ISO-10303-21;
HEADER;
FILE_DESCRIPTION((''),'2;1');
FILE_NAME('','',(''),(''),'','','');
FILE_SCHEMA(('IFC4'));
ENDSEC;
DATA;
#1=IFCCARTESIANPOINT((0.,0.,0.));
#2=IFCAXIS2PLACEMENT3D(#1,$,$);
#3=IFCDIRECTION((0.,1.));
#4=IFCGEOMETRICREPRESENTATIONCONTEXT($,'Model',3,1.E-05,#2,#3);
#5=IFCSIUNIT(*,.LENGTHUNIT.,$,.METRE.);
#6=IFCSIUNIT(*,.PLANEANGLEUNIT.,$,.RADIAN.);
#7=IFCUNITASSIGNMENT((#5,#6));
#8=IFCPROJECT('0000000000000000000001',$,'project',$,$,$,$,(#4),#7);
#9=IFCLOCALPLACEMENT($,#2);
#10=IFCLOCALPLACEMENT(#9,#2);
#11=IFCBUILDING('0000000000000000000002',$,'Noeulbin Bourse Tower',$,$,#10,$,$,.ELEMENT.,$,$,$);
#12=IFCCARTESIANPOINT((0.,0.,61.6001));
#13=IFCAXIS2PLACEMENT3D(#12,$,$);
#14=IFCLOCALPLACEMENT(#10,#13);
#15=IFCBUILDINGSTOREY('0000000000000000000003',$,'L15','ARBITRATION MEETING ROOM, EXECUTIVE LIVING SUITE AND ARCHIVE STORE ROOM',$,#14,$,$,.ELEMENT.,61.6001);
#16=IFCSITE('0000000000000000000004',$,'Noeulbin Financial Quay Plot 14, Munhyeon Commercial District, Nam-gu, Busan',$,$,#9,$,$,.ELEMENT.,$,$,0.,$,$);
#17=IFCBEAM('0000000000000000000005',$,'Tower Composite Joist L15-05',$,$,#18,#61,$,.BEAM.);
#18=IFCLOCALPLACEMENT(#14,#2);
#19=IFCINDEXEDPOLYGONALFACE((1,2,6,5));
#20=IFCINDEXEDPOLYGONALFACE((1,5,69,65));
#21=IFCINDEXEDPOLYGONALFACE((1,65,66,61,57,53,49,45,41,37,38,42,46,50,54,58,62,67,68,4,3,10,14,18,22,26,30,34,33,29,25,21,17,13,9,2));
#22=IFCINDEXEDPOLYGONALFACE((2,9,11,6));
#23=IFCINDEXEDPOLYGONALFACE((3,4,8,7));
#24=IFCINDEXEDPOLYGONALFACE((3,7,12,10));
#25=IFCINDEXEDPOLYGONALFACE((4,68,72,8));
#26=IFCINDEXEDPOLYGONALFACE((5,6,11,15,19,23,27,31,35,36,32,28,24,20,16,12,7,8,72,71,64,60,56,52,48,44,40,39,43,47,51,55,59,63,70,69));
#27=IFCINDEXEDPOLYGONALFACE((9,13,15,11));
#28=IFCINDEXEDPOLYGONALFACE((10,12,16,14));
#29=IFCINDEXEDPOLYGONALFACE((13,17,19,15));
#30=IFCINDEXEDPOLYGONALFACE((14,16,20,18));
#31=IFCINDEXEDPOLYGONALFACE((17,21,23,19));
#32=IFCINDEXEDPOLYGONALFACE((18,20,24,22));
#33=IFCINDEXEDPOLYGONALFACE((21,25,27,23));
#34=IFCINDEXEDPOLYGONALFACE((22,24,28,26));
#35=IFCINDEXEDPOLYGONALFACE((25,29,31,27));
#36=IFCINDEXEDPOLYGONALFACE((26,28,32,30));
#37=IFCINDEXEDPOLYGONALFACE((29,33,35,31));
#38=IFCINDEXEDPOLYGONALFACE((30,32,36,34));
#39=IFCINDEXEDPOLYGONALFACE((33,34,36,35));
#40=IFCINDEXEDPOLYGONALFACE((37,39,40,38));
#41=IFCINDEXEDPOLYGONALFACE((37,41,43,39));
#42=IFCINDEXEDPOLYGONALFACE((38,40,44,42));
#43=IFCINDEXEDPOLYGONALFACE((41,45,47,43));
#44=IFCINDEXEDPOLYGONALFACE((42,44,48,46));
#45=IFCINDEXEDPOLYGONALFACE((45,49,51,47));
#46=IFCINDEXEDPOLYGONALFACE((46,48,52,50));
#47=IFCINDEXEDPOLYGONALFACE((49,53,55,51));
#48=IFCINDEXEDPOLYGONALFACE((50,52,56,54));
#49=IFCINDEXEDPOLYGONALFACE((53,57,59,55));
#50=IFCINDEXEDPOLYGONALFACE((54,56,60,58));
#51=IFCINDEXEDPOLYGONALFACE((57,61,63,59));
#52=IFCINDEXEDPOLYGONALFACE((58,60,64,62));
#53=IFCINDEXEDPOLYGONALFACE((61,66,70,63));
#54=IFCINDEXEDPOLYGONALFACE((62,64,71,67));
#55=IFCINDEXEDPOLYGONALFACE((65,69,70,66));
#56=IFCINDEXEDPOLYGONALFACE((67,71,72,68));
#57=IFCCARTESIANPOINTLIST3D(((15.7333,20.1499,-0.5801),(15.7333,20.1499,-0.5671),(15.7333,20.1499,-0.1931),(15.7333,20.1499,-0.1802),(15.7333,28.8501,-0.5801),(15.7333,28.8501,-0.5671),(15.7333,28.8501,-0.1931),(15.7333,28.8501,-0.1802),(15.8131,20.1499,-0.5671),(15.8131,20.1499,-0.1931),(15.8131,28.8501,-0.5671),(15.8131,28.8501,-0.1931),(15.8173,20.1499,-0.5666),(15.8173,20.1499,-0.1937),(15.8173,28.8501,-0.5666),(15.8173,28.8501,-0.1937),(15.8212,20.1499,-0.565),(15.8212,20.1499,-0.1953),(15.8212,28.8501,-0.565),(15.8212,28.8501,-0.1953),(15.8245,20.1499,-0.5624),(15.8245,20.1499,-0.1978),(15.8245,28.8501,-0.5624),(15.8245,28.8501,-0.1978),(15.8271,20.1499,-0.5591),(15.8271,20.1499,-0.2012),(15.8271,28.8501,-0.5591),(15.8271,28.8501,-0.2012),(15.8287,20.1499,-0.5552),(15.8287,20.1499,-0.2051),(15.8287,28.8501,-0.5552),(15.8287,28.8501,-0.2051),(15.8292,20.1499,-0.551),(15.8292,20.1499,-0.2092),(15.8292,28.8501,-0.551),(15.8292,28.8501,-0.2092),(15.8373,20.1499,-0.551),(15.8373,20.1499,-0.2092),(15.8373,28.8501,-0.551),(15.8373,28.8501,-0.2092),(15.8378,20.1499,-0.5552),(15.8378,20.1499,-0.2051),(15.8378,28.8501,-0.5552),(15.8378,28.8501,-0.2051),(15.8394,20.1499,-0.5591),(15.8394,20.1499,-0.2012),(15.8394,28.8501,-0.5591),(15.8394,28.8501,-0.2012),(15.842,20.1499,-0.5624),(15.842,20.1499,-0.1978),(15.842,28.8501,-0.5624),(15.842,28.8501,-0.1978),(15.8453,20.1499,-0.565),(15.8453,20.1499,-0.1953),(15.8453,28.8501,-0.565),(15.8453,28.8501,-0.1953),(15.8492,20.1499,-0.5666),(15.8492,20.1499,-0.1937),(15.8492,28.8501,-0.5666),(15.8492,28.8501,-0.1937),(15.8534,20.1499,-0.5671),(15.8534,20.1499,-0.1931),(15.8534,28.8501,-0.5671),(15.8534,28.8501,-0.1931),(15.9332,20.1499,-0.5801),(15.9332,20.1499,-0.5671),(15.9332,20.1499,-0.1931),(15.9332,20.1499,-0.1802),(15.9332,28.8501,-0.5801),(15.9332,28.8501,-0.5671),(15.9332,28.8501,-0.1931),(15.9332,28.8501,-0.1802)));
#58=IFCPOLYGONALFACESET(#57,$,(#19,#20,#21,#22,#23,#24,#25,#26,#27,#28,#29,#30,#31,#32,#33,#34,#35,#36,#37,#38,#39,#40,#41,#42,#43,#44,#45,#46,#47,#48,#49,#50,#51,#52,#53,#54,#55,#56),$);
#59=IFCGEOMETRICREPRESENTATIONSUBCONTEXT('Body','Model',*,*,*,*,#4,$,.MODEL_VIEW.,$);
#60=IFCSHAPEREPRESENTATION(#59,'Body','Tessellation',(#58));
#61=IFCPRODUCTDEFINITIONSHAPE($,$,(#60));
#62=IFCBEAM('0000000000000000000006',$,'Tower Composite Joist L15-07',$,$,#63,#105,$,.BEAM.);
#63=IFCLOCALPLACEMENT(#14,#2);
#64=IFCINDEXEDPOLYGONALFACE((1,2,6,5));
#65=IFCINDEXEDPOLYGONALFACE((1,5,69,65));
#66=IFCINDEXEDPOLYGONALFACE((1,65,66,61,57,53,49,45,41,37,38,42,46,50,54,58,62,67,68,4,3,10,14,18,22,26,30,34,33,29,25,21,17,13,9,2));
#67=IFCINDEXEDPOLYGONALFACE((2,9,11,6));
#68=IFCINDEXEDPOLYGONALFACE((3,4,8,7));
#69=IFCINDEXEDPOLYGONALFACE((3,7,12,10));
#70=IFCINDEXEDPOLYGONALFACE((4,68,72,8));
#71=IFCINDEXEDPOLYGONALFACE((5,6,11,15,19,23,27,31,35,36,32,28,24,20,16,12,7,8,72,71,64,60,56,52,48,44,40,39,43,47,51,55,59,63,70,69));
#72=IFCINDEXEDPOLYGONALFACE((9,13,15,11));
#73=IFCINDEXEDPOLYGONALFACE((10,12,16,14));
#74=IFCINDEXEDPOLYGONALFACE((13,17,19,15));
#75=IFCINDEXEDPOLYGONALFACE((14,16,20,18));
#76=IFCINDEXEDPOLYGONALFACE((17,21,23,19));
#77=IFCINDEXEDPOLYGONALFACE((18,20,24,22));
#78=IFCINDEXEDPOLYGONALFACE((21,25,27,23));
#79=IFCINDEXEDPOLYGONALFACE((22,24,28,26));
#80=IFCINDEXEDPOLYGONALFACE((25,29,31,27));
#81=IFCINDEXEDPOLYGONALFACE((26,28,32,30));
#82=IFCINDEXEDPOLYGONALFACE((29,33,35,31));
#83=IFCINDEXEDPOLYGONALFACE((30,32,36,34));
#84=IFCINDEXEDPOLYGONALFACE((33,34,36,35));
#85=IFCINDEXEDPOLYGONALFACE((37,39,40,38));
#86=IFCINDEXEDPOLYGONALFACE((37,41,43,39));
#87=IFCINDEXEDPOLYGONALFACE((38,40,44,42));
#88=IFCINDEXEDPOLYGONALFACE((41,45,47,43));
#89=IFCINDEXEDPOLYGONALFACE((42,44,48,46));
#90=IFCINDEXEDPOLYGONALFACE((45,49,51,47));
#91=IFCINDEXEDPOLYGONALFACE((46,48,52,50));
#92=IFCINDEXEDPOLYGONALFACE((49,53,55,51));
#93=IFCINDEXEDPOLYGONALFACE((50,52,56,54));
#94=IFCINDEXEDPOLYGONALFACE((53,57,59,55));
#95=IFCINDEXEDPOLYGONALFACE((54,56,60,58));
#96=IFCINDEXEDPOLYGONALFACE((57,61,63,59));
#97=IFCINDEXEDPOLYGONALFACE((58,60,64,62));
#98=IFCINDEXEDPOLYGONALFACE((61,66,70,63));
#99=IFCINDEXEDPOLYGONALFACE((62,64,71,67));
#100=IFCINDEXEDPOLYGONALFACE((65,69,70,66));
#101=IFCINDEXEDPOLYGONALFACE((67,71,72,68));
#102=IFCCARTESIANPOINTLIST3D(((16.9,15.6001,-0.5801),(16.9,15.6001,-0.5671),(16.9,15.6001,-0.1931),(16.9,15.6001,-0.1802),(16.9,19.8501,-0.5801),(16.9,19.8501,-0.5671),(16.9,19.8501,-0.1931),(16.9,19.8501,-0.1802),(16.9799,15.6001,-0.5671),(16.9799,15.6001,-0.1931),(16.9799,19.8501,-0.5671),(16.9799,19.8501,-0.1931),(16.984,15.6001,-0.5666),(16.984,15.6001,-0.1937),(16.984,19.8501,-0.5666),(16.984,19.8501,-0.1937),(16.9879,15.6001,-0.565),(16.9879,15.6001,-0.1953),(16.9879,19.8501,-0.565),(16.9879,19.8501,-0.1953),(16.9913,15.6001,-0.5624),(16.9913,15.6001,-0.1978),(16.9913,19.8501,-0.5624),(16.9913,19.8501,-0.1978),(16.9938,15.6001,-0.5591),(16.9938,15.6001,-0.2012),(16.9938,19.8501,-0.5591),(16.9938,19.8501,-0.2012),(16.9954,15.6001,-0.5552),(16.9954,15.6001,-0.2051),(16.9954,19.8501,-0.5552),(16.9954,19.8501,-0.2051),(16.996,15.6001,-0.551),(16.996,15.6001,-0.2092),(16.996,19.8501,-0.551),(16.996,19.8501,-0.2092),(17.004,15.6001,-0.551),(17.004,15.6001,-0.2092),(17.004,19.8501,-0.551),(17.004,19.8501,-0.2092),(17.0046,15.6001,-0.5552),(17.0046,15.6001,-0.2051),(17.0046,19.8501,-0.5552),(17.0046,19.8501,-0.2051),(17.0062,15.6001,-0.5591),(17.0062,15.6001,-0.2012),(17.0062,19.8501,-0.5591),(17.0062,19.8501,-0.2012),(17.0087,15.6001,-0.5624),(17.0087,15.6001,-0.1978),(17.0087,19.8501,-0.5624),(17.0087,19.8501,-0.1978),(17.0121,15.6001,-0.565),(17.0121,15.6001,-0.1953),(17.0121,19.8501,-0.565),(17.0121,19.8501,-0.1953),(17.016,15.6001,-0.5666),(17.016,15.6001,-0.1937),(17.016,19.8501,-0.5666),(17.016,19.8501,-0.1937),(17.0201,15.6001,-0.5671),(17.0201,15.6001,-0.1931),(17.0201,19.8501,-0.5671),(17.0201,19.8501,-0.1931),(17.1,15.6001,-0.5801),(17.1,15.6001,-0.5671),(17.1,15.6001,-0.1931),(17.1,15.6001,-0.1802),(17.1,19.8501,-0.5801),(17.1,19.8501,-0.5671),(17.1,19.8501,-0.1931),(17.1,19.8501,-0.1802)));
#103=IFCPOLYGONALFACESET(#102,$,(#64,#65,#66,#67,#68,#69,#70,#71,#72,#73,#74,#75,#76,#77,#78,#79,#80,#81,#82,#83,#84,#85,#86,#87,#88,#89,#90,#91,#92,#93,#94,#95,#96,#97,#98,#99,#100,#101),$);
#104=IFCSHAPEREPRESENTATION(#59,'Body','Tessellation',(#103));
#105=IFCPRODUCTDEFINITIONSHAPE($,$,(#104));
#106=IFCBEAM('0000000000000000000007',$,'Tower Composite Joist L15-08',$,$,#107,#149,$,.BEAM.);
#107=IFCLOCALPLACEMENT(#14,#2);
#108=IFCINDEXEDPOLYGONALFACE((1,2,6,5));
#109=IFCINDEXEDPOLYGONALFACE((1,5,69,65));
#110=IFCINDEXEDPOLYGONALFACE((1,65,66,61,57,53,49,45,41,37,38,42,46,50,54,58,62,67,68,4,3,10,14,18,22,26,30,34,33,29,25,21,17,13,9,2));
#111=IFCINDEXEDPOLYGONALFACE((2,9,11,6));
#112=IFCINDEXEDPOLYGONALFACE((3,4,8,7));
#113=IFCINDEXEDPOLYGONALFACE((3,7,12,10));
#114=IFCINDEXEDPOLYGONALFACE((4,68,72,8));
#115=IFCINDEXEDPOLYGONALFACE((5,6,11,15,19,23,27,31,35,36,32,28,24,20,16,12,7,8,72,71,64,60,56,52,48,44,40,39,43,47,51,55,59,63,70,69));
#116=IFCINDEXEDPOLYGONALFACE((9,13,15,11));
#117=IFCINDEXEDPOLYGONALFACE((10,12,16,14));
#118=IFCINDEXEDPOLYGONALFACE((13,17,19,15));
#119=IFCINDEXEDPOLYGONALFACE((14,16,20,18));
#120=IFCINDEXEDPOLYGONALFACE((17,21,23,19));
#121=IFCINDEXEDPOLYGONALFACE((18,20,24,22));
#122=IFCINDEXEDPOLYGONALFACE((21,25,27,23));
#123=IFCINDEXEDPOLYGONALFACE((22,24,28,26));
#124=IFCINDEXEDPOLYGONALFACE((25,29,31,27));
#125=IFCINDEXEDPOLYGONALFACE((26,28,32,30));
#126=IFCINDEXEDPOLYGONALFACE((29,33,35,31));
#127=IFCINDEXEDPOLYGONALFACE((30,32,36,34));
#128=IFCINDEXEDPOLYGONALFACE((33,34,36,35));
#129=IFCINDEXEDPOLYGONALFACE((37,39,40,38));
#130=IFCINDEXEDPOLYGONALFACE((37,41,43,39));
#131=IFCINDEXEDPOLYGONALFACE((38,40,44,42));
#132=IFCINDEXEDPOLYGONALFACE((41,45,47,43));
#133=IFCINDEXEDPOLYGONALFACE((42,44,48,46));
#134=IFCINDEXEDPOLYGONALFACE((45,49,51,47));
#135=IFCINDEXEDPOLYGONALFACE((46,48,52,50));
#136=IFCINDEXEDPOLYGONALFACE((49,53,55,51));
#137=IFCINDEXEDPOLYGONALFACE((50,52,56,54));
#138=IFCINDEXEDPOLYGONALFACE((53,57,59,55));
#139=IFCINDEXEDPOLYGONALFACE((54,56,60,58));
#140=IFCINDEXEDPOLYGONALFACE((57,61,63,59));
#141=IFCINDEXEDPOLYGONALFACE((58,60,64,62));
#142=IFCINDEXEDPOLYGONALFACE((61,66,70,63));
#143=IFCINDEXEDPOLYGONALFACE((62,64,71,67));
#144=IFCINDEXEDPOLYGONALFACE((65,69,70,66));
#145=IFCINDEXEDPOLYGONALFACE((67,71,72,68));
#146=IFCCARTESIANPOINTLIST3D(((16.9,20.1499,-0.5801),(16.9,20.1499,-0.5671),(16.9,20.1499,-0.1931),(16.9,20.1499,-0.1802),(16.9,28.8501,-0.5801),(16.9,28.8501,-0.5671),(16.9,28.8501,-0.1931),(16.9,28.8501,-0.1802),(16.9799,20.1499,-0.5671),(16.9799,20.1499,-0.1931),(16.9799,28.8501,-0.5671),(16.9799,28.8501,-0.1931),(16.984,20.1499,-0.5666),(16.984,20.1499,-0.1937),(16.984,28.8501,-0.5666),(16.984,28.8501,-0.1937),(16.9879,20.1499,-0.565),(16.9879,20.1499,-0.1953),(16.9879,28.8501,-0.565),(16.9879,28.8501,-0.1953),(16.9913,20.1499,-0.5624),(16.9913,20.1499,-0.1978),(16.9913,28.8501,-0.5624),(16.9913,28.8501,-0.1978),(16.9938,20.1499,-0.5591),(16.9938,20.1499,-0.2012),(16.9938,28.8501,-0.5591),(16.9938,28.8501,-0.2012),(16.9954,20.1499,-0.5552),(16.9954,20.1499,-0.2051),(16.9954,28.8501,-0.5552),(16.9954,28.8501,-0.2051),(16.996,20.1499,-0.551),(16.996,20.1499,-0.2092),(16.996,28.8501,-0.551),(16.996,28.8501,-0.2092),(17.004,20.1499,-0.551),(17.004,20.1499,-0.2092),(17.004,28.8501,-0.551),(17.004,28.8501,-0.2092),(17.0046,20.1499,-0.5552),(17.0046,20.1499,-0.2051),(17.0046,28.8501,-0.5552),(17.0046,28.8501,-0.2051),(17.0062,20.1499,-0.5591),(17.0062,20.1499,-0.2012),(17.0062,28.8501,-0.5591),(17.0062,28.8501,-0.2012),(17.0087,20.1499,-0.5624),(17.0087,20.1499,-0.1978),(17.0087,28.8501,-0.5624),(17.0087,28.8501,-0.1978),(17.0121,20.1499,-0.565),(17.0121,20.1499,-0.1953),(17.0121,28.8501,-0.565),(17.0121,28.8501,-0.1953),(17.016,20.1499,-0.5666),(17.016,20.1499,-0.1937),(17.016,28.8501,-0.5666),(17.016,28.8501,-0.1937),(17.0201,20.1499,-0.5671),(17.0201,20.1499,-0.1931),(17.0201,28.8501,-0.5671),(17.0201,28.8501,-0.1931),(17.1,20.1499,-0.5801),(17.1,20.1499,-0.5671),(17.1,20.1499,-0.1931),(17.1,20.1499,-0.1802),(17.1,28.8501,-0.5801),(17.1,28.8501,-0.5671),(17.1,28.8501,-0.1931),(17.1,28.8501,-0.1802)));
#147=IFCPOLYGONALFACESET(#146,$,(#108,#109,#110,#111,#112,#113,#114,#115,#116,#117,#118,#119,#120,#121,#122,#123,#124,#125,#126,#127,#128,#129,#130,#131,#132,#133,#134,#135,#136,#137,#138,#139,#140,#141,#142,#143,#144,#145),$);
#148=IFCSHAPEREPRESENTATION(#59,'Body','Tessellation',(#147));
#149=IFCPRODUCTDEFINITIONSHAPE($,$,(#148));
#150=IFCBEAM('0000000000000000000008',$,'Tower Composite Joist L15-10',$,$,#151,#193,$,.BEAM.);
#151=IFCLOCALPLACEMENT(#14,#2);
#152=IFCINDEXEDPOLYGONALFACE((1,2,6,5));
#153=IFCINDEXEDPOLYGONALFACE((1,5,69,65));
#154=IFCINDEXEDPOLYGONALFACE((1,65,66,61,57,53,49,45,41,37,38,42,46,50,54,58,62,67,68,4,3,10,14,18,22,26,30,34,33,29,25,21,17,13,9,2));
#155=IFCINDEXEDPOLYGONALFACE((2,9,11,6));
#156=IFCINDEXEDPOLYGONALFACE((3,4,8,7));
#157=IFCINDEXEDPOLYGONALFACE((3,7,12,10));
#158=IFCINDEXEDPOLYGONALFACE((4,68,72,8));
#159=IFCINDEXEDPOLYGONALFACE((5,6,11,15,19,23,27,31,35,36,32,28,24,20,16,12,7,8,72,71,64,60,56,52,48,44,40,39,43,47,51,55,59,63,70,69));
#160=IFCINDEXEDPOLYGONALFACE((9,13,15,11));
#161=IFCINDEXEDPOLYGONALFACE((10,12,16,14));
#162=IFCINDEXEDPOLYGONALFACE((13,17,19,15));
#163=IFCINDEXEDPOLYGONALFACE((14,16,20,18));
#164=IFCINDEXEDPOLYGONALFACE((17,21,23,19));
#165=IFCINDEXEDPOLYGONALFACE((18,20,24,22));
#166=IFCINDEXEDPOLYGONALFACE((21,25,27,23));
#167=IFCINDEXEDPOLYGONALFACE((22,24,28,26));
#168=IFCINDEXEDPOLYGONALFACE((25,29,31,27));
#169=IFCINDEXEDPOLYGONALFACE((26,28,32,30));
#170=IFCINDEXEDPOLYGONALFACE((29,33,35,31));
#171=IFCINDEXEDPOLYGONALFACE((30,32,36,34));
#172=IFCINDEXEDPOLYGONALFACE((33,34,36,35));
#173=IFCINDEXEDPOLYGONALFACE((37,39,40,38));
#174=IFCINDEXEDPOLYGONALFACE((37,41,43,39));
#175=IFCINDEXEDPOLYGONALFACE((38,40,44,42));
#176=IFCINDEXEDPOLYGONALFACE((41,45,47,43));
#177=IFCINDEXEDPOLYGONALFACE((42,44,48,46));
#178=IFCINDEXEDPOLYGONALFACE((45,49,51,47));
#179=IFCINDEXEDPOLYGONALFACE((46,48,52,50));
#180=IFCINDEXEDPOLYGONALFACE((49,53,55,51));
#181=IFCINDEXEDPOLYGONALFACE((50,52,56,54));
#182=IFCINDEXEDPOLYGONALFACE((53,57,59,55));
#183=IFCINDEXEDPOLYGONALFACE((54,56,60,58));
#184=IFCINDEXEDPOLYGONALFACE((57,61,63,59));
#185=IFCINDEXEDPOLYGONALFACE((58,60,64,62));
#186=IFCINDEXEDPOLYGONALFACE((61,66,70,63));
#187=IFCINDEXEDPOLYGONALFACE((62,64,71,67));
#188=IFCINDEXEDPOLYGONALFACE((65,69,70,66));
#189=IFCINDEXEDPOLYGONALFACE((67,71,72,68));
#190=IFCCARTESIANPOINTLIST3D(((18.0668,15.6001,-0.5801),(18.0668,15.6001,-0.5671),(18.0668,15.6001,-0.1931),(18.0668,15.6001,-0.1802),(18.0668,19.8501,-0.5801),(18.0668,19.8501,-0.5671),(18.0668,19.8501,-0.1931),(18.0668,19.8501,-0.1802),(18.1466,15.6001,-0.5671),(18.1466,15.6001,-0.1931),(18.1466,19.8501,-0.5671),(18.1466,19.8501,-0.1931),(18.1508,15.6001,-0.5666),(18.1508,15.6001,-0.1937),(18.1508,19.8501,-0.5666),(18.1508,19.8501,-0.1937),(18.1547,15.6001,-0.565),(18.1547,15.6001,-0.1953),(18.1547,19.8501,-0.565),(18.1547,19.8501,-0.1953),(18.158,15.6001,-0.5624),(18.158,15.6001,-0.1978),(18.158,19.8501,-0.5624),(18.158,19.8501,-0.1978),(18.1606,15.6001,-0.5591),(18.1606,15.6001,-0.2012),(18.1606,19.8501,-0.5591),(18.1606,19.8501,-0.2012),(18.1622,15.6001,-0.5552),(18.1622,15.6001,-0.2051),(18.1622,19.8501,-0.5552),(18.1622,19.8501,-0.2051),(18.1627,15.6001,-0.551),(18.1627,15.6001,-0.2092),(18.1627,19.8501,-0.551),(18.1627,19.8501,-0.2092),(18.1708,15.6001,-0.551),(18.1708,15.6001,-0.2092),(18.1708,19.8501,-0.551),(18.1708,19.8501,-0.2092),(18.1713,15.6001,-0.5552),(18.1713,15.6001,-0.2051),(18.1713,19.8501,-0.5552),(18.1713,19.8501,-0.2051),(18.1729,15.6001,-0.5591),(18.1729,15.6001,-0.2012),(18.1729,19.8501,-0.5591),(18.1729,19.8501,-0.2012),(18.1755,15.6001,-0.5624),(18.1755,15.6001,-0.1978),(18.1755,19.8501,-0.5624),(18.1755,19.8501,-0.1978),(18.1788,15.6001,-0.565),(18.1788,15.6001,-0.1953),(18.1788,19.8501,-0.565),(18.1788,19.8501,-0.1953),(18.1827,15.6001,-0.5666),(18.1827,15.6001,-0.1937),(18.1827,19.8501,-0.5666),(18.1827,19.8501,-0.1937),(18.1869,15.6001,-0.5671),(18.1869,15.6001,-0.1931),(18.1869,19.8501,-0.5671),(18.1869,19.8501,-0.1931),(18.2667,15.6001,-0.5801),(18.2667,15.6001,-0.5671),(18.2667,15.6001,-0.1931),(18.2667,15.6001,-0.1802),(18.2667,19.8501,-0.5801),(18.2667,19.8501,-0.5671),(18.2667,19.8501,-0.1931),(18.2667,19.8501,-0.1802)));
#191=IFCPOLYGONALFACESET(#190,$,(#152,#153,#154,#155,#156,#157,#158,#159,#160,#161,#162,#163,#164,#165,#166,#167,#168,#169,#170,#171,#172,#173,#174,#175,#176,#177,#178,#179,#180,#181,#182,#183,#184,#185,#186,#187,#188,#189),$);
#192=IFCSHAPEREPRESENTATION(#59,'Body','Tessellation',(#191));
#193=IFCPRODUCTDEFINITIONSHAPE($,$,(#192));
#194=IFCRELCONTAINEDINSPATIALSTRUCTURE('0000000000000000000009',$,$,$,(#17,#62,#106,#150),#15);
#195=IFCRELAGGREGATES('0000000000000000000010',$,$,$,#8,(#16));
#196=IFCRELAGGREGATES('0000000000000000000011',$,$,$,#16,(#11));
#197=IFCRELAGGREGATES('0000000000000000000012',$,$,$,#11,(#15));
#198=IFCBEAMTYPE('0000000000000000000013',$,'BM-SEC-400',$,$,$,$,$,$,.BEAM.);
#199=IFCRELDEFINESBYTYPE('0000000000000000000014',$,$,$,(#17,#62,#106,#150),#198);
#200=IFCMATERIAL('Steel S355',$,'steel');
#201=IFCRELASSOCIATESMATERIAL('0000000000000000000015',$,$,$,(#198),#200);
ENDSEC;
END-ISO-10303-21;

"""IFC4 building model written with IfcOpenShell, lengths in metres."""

from ifc_helpers import new_model, si_unit, direction, frame, origin, origin_2d, place, context, subcontext, project, spatial, i_section, extrude, material, material_profile, profile_set, type_object, element, save


model = new_model("IFC4")

# Units and contexts
model_context = context("Model", 3, precision=1e-05, world=origin(), true_north=direction((0.0, 1.0)))
body_context = subcontext(model_context, "Body", "Model", "MODEL_VIEW")
ifc_project = project(units=[si_unit("LENGTHUNIT", "METRE"), si_unit("PLANEANGLEUNIT", "RADIAN")], contexts=[model_context])

# Site, building, storey
site_placement = place(None, origin())
site = spatial("IfcSite", under=ifc_project, at=site_placement, Name="Noeulbin Financial Quay Plot 14, Munhyeon Commercial District, Nam-gu, Busan", CompositionType="ELEMENT", RefElevation=0.0)
building_placement = place(site_placement, origin())
building = spatial("IfcBuilding", under=site, at=building_placement, Name="Noeulbin Bourse Tower", CompositionType="ELEMENT")
storey_placement = place(building_placement, frame((0.0, 0.0, 61.6001)))
storey = spatial("IfcBuildingStorey", under=building, at=storey_placement, Name="L15", Description="ARBITRATION MEETING ROOM, EXECUTIVE LIVING SUITE AND ARCHIVE STORE ROOM", CompositionType="ELEMENT", Elevation=61.6001)

# Beams
ifc_material_1 = material(Name="Steel S355", Category="steel")
ifc_material_profile_1 = material_profile(ifc_material_1, i_section(OverallWidth=0.2, OverallDepth=0.3999, WebThickness=0.0081, FlangeThickness=0.0129, FilletRadius=0.0161, at=origin_2d()), Name="H-400x200x8x13", Category="LoadBearing")
ifc_profile_set_1 = profile_set([ifc_material_profile_1], Name="Steel S355")
beam_type_1 = type_object("IfcBeamType", Name="BM-SEC-400", PredefinedType="BEAM", material=ifc_profile_set_1)
beam_1_placement = place(storey_placement, frame((15.8333, 20.1499, -0.3801), z_axis=(0.0, 1.0, 0.0), x_axis=(-1.0, 0.0, 0.0)))
element("IfcBeam", 1, at=beam_1_placement, inside=storey, type_object=beam_type_1, Name="Tower Composite Joist L15-05", PredefinedType="BEAM", context=body_context, shape_type="SweptSolid", body=[
    extrude(i_section(OverallWidth=0.2, OverallDepth=0.3999, WebThickness=0.0081, FlangeThickness=0.0129, FilletRadius=0.0161, at=origin_2d()), origin(), (0.0, 0.0, 1.0), 8.7002),
])
beam_2_placement = place(storey_placement, frame((17.0, 15.6001, -0.3801), z_axis=(0.0, 1.0, 0.0), x_axis=(-1.0, 0.0, 0.0)))
element("IfcBeam", 2, at=beam_2_placement, inside=storey, type_object=beam_type_1, Name="Tower Composite Joist L15-07", PredefinedType="BEAM", context=body_context, shape_type="SweptSolid", body=[
    extrude(i_section(OverallWidth=0.2, OverallDepth=0.3999, WebThickness=0.0081, FlangeThickness=0.0129, FilletRadius=0.0161, at=origin_2d()), origin(), (0.0, 0.0, 1.0), 4.25),
])
beam_3_placement = place(storey_placement, frame((17.0, 20.1499, -0.3801), z_axis=(0.0, 1.0, 0.0), x_axis=(-1.0, 0.0, 0.0)))
element("IfcBeam", 3, at=beam_3_placement, inside=storey, type_object=beam_type_1, Name="Tower Composite Joist L15-08", PredefinedType="BEAM", context=body_context, shape_type="SweptSolid", body=[
    extrude(i_section(OverallWidth=0.2, OverallDepth=0.3999, WebThickness=0.0081, FlangeThickness=0.0129, FilletRadius=0.0161, at=origin_2d()), origin(), (0.0, 0.0, 1.0), 8.7002),
])
beam_4_placement = place(storey_placement, frame((18.1667, 15.6001, -0.3801), z_axis=(0.0, 1.0, 0.0), x_axis=(-1.0, 0.0, 0.0)))
element("IfcBeam", 4, at=beam_4_placement, inside=storey, type_object=beam_type_1, Name="Tower Composite Joist L15-10", PredefinedType="BEAM", context=body_context, shape_type="SweptSolid", body=[
    extrude(i_section(OverallWidth=0.2, OverallDepth=0.3999, WebThickness=0.0081, FlangeThickness=0.0129, FilletRadius=0.0161, at=origin_2d()), origin(), (0.0, 0.0, 1.0), 4.25),
])

save(model, "model.ifc")
